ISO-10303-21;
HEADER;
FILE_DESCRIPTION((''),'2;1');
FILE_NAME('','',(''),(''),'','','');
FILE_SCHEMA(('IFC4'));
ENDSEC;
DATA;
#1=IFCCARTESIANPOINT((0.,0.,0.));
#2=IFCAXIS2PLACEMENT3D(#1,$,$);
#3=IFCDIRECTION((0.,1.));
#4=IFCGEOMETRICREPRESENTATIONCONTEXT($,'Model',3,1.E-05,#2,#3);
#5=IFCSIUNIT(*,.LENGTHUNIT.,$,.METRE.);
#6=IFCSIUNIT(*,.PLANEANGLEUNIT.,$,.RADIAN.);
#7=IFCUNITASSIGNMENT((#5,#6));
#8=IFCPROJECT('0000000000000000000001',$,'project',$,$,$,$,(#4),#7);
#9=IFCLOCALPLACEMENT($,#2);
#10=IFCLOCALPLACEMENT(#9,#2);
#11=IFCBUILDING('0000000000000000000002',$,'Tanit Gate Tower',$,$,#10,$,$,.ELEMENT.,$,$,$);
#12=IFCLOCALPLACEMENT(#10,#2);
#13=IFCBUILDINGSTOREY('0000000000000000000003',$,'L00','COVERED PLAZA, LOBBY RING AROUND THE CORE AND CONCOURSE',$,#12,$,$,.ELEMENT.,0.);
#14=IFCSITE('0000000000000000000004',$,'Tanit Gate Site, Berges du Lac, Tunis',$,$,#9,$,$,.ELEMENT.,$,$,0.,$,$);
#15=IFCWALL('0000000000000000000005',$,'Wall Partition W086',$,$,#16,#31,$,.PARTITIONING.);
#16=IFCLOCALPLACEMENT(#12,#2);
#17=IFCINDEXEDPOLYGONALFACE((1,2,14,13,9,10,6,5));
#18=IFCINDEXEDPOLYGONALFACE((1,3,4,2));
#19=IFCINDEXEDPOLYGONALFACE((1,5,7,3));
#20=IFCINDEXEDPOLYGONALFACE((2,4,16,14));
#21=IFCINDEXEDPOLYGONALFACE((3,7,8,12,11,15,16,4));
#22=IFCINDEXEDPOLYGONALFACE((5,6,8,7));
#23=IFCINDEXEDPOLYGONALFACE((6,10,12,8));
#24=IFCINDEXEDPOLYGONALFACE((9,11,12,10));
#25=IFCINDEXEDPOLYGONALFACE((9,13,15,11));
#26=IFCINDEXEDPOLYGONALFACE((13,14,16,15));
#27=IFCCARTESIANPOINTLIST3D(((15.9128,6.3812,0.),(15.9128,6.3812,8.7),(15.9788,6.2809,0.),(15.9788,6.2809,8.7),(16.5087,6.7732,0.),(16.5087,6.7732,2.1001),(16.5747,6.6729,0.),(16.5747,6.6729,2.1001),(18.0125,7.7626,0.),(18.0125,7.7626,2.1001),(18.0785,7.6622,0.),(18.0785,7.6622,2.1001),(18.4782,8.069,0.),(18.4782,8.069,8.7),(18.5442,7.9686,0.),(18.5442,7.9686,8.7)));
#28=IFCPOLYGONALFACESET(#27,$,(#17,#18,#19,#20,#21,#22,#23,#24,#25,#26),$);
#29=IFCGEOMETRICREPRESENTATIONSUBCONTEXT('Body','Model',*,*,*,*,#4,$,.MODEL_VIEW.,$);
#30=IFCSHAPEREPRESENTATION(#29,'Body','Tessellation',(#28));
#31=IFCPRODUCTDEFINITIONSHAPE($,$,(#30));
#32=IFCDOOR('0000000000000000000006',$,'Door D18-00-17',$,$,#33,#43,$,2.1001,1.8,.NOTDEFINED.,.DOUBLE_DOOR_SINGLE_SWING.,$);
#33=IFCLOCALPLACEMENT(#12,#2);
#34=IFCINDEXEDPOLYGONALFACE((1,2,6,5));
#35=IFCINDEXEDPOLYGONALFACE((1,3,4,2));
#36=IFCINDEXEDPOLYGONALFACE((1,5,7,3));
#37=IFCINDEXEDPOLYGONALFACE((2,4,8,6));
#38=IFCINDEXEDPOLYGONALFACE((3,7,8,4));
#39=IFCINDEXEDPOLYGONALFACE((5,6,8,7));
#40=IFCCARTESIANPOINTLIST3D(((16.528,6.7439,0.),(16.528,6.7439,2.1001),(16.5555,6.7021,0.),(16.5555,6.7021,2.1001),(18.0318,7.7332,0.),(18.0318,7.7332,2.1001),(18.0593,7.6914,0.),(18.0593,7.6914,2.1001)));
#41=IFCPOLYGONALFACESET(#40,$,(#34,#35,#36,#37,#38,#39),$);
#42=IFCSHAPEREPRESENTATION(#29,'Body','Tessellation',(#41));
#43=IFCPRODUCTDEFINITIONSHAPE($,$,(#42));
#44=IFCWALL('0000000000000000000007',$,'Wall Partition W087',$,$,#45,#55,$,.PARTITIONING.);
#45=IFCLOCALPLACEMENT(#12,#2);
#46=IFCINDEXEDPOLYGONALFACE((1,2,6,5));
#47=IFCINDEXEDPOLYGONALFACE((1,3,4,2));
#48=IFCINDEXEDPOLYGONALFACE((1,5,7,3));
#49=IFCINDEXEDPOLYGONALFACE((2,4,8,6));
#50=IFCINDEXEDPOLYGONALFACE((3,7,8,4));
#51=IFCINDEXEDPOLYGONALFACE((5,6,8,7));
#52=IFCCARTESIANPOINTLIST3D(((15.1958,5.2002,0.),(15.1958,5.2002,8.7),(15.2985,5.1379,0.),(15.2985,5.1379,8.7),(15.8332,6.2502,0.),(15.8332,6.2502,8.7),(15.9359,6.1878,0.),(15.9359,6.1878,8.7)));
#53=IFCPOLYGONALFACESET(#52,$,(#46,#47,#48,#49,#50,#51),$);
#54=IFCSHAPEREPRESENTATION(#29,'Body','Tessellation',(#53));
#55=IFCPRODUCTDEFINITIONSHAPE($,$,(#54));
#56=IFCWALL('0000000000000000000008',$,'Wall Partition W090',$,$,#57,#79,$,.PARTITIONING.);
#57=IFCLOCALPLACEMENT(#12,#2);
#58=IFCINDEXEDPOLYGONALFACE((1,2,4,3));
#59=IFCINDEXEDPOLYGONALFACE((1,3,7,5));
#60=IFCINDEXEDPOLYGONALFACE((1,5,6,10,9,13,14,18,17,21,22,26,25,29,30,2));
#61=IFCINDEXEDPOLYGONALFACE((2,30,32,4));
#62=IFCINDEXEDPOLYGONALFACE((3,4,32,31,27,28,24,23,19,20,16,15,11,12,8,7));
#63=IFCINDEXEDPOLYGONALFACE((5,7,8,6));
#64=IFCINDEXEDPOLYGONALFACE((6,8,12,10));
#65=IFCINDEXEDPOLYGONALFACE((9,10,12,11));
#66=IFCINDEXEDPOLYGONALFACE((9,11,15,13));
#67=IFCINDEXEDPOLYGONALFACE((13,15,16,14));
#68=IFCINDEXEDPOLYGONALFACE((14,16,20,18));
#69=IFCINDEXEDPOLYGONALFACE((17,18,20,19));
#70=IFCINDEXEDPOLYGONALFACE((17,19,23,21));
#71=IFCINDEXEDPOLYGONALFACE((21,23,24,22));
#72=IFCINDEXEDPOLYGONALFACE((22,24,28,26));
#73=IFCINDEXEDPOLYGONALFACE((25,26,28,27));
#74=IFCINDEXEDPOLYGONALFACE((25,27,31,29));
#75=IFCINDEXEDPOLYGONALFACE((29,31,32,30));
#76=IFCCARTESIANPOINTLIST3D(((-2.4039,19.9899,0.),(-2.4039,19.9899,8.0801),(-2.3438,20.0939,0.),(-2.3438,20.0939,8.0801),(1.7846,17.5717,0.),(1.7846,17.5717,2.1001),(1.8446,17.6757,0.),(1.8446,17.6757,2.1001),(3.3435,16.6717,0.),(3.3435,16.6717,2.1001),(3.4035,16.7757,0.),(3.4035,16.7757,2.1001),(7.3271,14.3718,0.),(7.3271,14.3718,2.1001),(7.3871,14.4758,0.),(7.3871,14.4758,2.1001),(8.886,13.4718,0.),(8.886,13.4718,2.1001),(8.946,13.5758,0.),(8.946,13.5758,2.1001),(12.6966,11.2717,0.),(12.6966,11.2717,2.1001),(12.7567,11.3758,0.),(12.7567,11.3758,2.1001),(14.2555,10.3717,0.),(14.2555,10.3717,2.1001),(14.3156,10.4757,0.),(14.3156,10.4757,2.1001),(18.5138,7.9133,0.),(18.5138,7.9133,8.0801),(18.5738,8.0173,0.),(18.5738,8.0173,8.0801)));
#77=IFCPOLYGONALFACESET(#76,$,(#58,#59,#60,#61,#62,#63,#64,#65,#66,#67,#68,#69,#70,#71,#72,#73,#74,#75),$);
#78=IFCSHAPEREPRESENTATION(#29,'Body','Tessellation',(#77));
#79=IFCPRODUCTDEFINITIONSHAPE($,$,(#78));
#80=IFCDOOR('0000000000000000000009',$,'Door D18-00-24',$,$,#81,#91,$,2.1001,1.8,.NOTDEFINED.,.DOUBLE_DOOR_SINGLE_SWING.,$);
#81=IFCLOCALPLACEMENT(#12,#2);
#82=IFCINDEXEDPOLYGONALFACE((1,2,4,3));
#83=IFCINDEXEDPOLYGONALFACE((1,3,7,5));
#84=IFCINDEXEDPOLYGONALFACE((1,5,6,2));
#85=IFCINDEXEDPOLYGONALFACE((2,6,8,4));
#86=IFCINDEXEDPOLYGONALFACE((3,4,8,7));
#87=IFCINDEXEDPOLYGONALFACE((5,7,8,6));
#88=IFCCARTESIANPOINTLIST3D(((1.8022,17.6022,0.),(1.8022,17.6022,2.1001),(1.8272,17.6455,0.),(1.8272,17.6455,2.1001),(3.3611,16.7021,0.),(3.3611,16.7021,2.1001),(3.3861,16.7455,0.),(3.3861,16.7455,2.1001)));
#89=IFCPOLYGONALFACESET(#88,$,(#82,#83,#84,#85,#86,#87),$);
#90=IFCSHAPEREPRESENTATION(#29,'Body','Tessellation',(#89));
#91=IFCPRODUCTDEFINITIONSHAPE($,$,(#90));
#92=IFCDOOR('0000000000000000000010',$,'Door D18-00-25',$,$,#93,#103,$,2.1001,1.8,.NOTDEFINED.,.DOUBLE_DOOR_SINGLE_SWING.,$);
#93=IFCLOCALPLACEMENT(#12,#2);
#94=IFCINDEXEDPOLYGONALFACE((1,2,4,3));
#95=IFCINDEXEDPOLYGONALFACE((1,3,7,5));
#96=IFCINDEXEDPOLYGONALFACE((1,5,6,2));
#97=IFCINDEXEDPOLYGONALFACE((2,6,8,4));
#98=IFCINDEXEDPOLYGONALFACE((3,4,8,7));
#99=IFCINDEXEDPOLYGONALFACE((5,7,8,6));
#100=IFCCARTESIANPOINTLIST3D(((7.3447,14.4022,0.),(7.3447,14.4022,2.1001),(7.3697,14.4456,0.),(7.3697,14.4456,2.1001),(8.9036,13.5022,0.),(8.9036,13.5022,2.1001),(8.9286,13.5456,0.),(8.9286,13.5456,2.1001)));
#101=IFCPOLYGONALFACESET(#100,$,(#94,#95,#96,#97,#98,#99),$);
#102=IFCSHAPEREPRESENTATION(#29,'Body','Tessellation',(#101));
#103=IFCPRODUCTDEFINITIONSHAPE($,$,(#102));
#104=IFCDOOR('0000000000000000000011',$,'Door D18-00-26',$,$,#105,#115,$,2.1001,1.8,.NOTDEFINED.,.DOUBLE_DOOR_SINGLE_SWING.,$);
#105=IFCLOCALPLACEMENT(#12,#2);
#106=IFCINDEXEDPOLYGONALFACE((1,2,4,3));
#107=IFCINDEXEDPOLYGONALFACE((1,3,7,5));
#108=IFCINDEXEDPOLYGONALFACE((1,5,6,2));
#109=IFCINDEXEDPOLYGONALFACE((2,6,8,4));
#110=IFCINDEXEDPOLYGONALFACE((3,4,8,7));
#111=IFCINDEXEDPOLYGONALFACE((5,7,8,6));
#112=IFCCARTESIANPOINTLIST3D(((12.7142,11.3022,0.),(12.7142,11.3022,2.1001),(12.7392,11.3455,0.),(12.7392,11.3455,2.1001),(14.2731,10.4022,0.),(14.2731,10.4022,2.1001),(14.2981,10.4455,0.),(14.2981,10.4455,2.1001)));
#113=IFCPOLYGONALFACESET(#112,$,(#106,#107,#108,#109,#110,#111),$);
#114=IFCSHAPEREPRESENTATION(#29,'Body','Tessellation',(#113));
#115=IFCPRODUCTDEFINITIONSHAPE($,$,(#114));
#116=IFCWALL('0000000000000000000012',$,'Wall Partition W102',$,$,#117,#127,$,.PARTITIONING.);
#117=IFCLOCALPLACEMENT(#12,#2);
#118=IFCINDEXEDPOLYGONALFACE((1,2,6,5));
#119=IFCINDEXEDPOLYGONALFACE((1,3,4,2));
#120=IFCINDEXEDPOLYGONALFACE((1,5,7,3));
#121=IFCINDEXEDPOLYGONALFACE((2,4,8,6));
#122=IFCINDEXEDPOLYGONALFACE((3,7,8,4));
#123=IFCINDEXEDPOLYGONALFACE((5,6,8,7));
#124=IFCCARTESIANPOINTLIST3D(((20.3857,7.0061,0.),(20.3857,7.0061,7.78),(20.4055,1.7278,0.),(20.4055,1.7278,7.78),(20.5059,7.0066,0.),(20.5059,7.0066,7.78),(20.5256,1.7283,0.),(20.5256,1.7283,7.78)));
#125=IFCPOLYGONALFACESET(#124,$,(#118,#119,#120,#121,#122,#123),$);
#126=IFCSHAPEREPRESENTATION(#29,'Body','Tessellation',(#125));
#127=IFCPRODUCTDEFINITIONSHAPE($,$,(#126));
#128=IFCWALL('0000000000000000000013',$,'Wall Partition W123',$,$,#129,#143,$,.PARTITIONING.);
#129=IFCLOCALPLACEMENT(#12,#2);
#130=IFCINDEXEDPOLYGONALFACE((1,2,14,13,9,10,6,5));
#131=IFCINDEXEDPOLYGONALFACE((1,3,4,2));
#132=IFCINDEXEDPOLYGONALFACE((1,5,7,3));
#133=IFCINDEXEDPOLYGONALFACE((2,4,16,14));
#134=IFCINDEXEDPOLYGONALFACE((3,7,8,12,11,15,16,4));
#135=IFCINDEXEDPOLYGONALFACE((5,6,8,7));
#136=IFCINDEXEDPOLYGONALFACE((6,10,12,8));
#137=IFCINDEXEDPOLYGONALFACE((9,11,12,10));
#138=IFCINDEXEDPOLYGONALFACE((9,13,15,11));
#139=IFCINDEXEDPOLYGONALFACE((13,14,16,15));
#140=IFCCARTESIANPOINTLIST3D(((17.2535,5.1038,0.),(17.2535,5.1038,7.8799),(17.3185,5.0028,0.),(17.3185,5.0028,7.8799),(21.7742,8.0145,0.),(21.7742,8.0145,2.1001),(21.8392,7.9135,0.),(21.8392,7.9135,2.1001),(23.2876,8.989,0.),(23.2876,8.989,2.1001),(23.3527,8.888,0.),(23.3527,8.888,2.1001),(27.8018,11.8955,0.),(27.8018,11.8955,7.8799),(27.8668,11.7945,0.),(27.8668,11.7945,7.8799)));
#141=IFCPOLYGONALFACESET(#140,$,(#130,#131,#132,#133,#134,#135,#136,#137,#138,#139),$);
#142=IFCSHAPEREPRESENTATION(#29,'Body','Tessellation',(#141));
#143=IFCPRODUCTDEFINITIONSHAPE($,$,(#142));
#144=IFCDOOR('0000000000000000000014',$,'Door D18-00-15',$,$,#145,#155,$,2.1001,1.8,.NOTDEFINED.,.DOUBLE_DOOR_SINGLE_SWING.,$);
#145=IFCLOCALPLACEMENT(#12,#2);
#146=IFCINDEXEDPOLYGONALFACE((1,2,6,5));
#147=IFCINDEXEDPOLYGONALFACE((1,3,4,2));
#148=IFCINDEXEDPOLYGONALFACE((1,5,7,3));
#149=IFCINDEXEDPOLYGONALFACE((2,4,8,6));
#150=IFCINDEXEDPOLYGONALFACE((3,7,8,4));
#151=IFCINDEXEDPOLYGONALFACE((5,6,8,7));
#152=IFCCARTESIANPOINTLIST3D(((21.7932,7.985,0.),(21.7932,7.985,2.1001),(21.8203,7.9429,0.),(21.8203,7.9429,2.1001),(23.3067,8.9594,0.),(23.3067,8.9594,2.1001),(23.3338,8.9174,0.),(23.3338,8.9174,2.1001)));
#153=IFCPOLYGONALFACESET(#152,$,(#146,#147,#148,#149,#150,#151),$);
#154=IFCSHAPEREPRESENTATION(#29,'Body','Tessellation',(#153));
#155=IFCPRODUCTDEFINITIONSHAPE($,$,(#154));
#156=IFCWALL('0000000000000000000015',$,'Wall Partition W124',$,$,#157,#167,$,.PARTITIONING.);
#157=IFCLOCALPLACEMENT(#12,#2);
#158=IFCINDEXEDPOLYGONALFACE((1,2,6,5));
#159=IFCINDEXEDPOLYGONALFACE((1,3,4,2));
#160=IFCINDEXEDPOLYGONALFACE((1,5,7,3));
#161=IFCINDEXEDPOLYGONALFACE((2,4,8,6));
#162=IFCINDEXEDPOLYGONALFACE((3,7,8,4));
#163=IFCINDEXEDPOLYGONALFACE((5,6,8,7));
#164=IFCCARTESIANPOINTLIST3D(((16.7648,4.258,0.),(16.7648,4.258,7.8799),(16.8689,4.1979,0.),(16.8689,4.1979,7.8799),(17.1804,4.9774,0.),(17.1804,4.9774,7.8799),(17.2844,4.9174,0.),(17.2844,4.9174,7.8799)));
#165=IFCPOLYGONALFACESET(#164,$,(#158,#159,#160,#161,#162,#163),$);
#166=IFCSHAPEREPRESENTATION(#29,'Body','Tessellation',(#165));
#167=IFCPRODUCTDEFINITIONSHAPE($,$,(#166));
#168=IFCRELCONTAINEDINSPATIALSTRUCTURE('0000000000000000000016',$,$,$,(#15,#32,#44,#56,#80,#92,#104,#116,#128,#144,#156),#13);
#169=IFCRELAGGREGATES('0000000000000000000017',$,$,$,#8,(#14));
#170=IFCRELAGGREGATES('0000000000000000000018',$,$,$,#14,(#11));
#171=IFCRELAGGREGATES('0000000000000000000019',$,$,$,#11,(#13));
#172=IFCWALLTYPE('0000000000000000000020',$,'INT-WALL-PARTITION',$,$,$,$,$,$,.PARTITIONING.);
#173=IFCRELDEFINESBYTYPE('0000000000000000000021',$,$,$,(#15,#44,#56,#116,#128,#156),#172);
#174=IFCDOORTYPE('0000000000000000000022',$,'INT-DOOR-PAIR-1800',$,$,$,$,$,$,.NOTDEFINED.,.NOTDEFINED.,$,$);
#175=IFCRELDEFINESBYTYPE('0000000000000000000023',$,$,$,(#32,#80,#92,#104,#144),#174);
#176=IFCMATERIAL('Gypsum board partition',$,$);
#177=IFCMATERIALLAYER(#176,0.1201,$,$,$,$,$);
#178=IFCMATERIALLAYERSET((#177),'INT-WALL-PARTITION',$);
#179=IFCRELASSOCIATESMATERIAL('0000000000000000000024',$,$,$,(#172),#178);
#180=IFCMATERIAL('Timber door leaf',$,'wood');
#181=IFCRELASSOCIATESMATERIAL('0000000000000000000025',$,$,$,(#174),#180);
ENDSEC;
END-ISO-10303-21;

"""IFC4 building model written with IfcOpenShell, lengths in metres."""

from ifc_helpers import new_model, si_unit, direction, frame, frame_2d, origin, place, context, subcontext, project, spatial, rectangle, extrude, material, layer, layer_set, type_object, element, fill, save


model = new_model("IFC4")

# Units and contexts
model_context = context("Model", 3, precision=1e-05, world=origin(), true_north=direction((0.0, 1.0)))
body_context = subcontext(model_context, "Body", "Model", "MODEL_VIEW")
ifc_project = project(units=[si_unit("LENGTHUNIT", "METRE"), si_unit("PLANEANGLEUNIT", "RADIAN")], contexts=[model_context])

# Site, building, storey
site_placement = place(None, origin())
site = spatial("IfcSite", under=ifc_project, at=site_placement, Name="Tanit Gate Site, Berges du Lac, Tunis", CompositionType="ELEMENT", RefElevation=0.0)
building_placement = place(site_placement, origin())
building = spatial("IfcBuilding", under=site, at=building_placement, Name="Tanit Gate Tower", CompositionType="ELEMENT")
storey_placement = place(building_placement, origin())
storey = spatial("IfcBuildingStorey", under=building, at=storey_placement, Name="L00", Description="COVERED PLAZA, LOBBY RING AROUND THE CORE AND CONCOURSE", CompositionType="ELEMENT", Elevation=0.0)

# Wall, opening, door
ifc_material_1 = material(Name="Gypsum board partition")
ifc_layer_1 = layer(ifc_material_1, 0.1201)
ifc_layer_set_1 = layer_set([ifc_layer_1], Name="INT-WALL-PARTITION")
wall_type_1 = type_object("IfcWallType", Name="INT-WALL-PARTITION", PredefinedType="PARTITIONING", material=ifc_layer_set_1)
wall_1_placement = place(storey_placement, frame((15.9458, 6.3311, 0.0), z_axis=(0.0, 0.0, 1.0), x_axis=(0.835423, 0.549608, 0.0)))
wall_1 = element("IfcWall", 1, at=wall_1_placement, inside=storey, type_object=wall_type_1, Name="Wall Partition W086", PredefinedType="PARTITIONING", context=body_context, shape_type="SweptSolid", body=[
    extrude(rectangle(XDim=3.0708, YDim=0.1201, at=frame_2d((1.5354, 0.0))), origin(), (0.0, 0.0, 1.0), 8.7),
])
opening_1_placement = place(wall_1_placement, frame((0.7134, 0.0, 0.0)))
opening_1 = element("IfcOpeningElement", 2, at=opening_1_placement, cuts=wall_1, PredefinedType="OPENING", context=body_context, shape_type="SweptSolid", body=[
    extrude(rectangle(XDim=1.8, YDim=2.1001, at=frame_2d((0.8999, 1.05))), frame((0.0, 0.0701, 0.0), z_axis=(0.0, -1.0, 0.0), x_axis=(1.0, 0.0, 0.0)), (0.0, 0.0, 1.0), 0.1401),
])
ifc_material_2 = material(Name="Timber door leaf", Category="wood")
door_type_1 = type_object("IfcDoorType", Name="INT-DOOR-PAIR-1800", OperationType="NOTDEFINED", PredefinedType="NOTDEFINED", material=ifc_material_2)
door_1_placement = place(opening_1_placement, origin())
door_1 = element("IfcDoor", 3, at=door_1_placement, inside=storey, type_object=door_type_1, Name="Door D18-00-17", OperationType="DOUBLE_DOOR_SINGLE_SWING", OverallHeight=2.1001, OverallWidth=1.8, PredefinedType="NOTDEFINED", context=body_context, shape_type="SweptSolid", body=[
    extrude(rectangle(XDim=1.8, YDim=2.1001, at=frame_2d((0.8999, 1.05))), frame((0.0, 0.0249, 0.0), z_axis=(0.0, -1.0, 0.0), x_axis=(1.0, 0.0, 0.0)), (0.0, 0.0, 1.0), 0.05),
])
fill(opening_1, door_1)

# Wall
wall_2_placement = place(storey_placement, frame((15.2471, 5.1689, 0.0), z_axis=(0.0, 0.0, 1.0), x_axis=(0.518931, 0.854816, 0.0)))
element("IfcWall", 4, at=wall_2_placement, inside=storey, type_object=wall_type_1, Name="Wall Partition W087", PredefinedType="PARTITIONING", context=body_context, shape_type="SweptSolid", body=[
    extrude(rectangle(XDim=1.2283, YDim=0.1201, at=frame_2d((0.6143, 0.0))), origin(), (0.0, 0.0, 1.0), 8.7),
])

# Wall, openings, doors
wall_3_placement = place(storey_placement, frame((18.5437, 7.9653, 0.0), z_axis=(0.0, 0.0, 1.0), x_axis=(-0.866029, 0.499994, 0.0)))
wall_3 = element("IfcWall", 5, at=wall_3_placement, inside=storey, type_object=wall_type_1, Name="Wall Partition W090", PredefinedType="PARTITIONING", context=body_context, shape_type="SweptSolid", body=[
    extrude(rectangle(XDim=24.1536, YDim=0.1201, at=frame_2d((12.0767, 0.0))), origin(), (0.0, 0.0, 1.0), 8.0801),
])
opening_2_placement = place(wall_3_placement, frame((17.5171, 0.0, 0.0)))
opening_2 = element("IfcOpeningElement", 6, at=opening_2_placement, cuts=wall_3, PredefinedType="OPENING", context=body_context, shape_type="SweptSolid", body=[
    extrude(rectangle(XDim=1.8, YDim=2.1001, at=frame_2d((0.8999, 1.05))), frame((0.0, 0.0701, 0.0), z_axis=(0.0, -1.0, 0.0), x_axis=(1.0, 0.0, 0.0)), (0.0, 0.0, 1.0), 0.1401),
])
opening_3_placement = place(wall_3_placement, frame((11.1172, 0.0, 0.0)))
opening_3 = element("IfcOpeningElement", 7, at=opening_3_placement, cuts=wall_3, PredefinedType="OPENING", context=body_context, shape_type="SweptSolid", body=[
    extrude(rectangle(XDim=1.8, YDim=2.1001, at=frame_2d((0.8999, 1.05))), frame((0.0, 0.0701, 0.0), z_axis=(0.0, -1.0, 0.0), x_axis=(1.0, 0.0, 0.0)), (0.0, 0.0, 1.0), 0.1401),
])
opening_4_placement = place(wall_3_placement, frame((4.917, 0.0, 0.0)))
opening_4 = element("IfcOpeningElement", 8, at=opening_4_placement, cuts=wall_3, PredefinedType="OPENING", context=body_context, shape_type="SweptSolid", body=[
    extrude(rectangle(XDim=1.8, YDim=2.1001, at=frame_2d((0.8999, 1.05))), frame((0.0, 0.0701, 0.0), z_axis=(0.0, -1.0, 0.0), x_axis=(1.0, 0.0, 0.0)), (0.0, 0.0, 1.0), 0.1401),
])
door_2_placement = place(opening_2_placement, origin())
door_2 = element("IfcDoor", 9, at=door_2_placement, inside=storey, type_object=door_type_1, Name="Door D18-00-24", OperationType="DOUBLE_DOOR_SINGLE_SWING", OverallHeight=2.1001, OverallWidth=1.8, PredefinedType="NOTDEFINED", context=body_context, shape_type="SweptSolid", body=[
    extrude(rectangle(XDim=1.8, YDim=2.1001, at=frame_2d((0.8999, 1.05))), frame((0.0, 0.0249, 0.0), z_axis=(0.0, -1.0, 0.0), x_axis=(1.0, 0.0, 0.0)), (0.0, 0.0, 1.0), 0.05),
])
fill(opening_2, door_2)
door_3_placement = place(opening_3_placement, origin())
door_3 = element("IfcDoor", 10, at=door_3_placement, inside=storey, type_object=door_type_1, Name="Door D18-00-25", OperationType="DOUBLE_DOOR_SINGLE_SWING", OverallHeight=2.1001, OverallWidth=1.8, PredefinedType="NOTDEFINED", context=body_context, shape_type="SweptSolid", body=[
    extrude(rectangle(XDim=1.8, YDim=2.1001, at=frame_2d((0.8999, 1.05))), frame((0.0, 0.0249, 0.0), z_axis=(0.0, -1.0, 0.0), x_axis=(1.0, 0.0, 0.0)), (0.0, 0.0, 1.0), 0.05),
])
fill(opening_3, door_3)
door_4_placement = place(opening_4_placement, origin())
door_4 = element("IfcDoor", 11, at=door_4_placement, inside=storey, type_object=door_type_1, Name="Door D18-00-26", OperationType="DOUBLE_DOOR_SINGLE_SWING", OverallHeight=2.1001, OverallWidth=1.8, PredefinedType="NOTDEFINED", context=body_context, shape_type="SweptSolid", body=[
    extrude(rectangle(XDim=1.8, YDim=2.1001, at=frame_2d((0.8999, 1.05))), frame((0.0, 0.0249, 0.0), z_axis=(0.0, -1.0, 0.0), x_axis=(1.0, 0.0, 0.0)), (0.0, 0.0, 1.0), 0.05),
])
fill(opening_4, door_4)

# Wall
wall_4_placement = place(storey_placement, frame((20.4458, 7.0063, 0.0), z_axis=(0.0, 0.0, 1.0), x_axis=(0.003747, -0.999993, 0.0)))
element("IfcWall", 12, at=wall_4_placement, inside=storey, type_object=wall_type_1, Name="Wall Partition W102", PredefinedType="PARTITIONING", context=body_context, shape_type="SweptSolid", body=[
    extrude(rectangle(XDim=5.2783, YDim=0.1201, at=frame_2d((2.6392, 0.0))), origin(), (0.0, 0.0, 1.0), 7.78),
])

# Wall, opening, door
wall_5_placement = place(storey_placement, frame((17.2859, 5.0532, 0.0), z_axis=(0.0, 0.0, 1.0), x_axis=(0.840791, 0.541359, 0.0)))
wall_5 = element("IfcWall", 13, at=wall_5_placement, inside=storey, type_object=wall_type_1, Name="Wall Partition W123", PredefinedType="PARTITIONING", context=body_context, shape_type="SweptSolid", body=[
    extrude(rectangle(XDim=12.5457, YDim=0.1201, at=frame_2d((6.2729, 0.0))), origin(), (0.0, 0.0, 1.0), 7.8799),
])
opening_5_placement = place(wall_5_placement, frame((5.377, 0.0, 0.0)))
opening_5 = element("IfcOpeningElement", 14, at=opening_5_placement, cuts=wall_5, PredefinedType="OPENING", context=body_context, shape_type="SweptSolid", body=[
    extrude(rectangle(XDim=1.8, YDim=2.1001, at=frame_2d((0.8999, 1.05))), frame((0.0, 0.0701, 0.0), z_axis=(0.0, -1.0, 0.0), x_axis=(1.0, 0.0, 0.0)), (0.0, 0.0, 1.0), 0.1401),
])
door_5_placement = place(opening_5_placement, origin())
door_5 = element("IfcDoor", 15, at=door_5_placement, inside=storey, type_object=door_type_1, Name="Door D18-00-15", OperationType="DOUBLE_DOOR_SINGLE_SWING", OverallHeight=2.1001, OverallWidth=1.8, PredefinedType="NOTDEFINED", context=body_context, shape_type="SweptSolid", body=[
    extrude(rectangle(XDim=1.8, YDim=2.1001, at=frame_2d((0.8999, 1.05))), frame((0.0, 0.0249, 0.0), z_axis=(0.0, -1.0, 0.0), x_axis=(1.0, 0.0, 0.0)), (0.0, 0.0, 1.0), 0.05),
])
fill(opening_5, door_5)

# Wall
wall_6_placement = place(storey_placement, frame((17.2324, 4.9475, 0.0), z_axis=(0.0, 0.0, 1.0), x_axis=(-0.500121, -0.865956, 0.0)))
element("IfcWall", 16, at=wall_6_placement, inside=storey, type_object=wall_type_1, Name="Wall Partition W124", PredefinedType="PARTITIONING", context=body_context, shape_type="SweptSolid", body=[
    extrude(rectangle(XDim=0.8308, YDim=0.1201, at=frame_2d((0.4155, 0.0))), origin(), (0.0, 0.0, 1.0), 7.8799),
])

save(model, "model.ifc")
